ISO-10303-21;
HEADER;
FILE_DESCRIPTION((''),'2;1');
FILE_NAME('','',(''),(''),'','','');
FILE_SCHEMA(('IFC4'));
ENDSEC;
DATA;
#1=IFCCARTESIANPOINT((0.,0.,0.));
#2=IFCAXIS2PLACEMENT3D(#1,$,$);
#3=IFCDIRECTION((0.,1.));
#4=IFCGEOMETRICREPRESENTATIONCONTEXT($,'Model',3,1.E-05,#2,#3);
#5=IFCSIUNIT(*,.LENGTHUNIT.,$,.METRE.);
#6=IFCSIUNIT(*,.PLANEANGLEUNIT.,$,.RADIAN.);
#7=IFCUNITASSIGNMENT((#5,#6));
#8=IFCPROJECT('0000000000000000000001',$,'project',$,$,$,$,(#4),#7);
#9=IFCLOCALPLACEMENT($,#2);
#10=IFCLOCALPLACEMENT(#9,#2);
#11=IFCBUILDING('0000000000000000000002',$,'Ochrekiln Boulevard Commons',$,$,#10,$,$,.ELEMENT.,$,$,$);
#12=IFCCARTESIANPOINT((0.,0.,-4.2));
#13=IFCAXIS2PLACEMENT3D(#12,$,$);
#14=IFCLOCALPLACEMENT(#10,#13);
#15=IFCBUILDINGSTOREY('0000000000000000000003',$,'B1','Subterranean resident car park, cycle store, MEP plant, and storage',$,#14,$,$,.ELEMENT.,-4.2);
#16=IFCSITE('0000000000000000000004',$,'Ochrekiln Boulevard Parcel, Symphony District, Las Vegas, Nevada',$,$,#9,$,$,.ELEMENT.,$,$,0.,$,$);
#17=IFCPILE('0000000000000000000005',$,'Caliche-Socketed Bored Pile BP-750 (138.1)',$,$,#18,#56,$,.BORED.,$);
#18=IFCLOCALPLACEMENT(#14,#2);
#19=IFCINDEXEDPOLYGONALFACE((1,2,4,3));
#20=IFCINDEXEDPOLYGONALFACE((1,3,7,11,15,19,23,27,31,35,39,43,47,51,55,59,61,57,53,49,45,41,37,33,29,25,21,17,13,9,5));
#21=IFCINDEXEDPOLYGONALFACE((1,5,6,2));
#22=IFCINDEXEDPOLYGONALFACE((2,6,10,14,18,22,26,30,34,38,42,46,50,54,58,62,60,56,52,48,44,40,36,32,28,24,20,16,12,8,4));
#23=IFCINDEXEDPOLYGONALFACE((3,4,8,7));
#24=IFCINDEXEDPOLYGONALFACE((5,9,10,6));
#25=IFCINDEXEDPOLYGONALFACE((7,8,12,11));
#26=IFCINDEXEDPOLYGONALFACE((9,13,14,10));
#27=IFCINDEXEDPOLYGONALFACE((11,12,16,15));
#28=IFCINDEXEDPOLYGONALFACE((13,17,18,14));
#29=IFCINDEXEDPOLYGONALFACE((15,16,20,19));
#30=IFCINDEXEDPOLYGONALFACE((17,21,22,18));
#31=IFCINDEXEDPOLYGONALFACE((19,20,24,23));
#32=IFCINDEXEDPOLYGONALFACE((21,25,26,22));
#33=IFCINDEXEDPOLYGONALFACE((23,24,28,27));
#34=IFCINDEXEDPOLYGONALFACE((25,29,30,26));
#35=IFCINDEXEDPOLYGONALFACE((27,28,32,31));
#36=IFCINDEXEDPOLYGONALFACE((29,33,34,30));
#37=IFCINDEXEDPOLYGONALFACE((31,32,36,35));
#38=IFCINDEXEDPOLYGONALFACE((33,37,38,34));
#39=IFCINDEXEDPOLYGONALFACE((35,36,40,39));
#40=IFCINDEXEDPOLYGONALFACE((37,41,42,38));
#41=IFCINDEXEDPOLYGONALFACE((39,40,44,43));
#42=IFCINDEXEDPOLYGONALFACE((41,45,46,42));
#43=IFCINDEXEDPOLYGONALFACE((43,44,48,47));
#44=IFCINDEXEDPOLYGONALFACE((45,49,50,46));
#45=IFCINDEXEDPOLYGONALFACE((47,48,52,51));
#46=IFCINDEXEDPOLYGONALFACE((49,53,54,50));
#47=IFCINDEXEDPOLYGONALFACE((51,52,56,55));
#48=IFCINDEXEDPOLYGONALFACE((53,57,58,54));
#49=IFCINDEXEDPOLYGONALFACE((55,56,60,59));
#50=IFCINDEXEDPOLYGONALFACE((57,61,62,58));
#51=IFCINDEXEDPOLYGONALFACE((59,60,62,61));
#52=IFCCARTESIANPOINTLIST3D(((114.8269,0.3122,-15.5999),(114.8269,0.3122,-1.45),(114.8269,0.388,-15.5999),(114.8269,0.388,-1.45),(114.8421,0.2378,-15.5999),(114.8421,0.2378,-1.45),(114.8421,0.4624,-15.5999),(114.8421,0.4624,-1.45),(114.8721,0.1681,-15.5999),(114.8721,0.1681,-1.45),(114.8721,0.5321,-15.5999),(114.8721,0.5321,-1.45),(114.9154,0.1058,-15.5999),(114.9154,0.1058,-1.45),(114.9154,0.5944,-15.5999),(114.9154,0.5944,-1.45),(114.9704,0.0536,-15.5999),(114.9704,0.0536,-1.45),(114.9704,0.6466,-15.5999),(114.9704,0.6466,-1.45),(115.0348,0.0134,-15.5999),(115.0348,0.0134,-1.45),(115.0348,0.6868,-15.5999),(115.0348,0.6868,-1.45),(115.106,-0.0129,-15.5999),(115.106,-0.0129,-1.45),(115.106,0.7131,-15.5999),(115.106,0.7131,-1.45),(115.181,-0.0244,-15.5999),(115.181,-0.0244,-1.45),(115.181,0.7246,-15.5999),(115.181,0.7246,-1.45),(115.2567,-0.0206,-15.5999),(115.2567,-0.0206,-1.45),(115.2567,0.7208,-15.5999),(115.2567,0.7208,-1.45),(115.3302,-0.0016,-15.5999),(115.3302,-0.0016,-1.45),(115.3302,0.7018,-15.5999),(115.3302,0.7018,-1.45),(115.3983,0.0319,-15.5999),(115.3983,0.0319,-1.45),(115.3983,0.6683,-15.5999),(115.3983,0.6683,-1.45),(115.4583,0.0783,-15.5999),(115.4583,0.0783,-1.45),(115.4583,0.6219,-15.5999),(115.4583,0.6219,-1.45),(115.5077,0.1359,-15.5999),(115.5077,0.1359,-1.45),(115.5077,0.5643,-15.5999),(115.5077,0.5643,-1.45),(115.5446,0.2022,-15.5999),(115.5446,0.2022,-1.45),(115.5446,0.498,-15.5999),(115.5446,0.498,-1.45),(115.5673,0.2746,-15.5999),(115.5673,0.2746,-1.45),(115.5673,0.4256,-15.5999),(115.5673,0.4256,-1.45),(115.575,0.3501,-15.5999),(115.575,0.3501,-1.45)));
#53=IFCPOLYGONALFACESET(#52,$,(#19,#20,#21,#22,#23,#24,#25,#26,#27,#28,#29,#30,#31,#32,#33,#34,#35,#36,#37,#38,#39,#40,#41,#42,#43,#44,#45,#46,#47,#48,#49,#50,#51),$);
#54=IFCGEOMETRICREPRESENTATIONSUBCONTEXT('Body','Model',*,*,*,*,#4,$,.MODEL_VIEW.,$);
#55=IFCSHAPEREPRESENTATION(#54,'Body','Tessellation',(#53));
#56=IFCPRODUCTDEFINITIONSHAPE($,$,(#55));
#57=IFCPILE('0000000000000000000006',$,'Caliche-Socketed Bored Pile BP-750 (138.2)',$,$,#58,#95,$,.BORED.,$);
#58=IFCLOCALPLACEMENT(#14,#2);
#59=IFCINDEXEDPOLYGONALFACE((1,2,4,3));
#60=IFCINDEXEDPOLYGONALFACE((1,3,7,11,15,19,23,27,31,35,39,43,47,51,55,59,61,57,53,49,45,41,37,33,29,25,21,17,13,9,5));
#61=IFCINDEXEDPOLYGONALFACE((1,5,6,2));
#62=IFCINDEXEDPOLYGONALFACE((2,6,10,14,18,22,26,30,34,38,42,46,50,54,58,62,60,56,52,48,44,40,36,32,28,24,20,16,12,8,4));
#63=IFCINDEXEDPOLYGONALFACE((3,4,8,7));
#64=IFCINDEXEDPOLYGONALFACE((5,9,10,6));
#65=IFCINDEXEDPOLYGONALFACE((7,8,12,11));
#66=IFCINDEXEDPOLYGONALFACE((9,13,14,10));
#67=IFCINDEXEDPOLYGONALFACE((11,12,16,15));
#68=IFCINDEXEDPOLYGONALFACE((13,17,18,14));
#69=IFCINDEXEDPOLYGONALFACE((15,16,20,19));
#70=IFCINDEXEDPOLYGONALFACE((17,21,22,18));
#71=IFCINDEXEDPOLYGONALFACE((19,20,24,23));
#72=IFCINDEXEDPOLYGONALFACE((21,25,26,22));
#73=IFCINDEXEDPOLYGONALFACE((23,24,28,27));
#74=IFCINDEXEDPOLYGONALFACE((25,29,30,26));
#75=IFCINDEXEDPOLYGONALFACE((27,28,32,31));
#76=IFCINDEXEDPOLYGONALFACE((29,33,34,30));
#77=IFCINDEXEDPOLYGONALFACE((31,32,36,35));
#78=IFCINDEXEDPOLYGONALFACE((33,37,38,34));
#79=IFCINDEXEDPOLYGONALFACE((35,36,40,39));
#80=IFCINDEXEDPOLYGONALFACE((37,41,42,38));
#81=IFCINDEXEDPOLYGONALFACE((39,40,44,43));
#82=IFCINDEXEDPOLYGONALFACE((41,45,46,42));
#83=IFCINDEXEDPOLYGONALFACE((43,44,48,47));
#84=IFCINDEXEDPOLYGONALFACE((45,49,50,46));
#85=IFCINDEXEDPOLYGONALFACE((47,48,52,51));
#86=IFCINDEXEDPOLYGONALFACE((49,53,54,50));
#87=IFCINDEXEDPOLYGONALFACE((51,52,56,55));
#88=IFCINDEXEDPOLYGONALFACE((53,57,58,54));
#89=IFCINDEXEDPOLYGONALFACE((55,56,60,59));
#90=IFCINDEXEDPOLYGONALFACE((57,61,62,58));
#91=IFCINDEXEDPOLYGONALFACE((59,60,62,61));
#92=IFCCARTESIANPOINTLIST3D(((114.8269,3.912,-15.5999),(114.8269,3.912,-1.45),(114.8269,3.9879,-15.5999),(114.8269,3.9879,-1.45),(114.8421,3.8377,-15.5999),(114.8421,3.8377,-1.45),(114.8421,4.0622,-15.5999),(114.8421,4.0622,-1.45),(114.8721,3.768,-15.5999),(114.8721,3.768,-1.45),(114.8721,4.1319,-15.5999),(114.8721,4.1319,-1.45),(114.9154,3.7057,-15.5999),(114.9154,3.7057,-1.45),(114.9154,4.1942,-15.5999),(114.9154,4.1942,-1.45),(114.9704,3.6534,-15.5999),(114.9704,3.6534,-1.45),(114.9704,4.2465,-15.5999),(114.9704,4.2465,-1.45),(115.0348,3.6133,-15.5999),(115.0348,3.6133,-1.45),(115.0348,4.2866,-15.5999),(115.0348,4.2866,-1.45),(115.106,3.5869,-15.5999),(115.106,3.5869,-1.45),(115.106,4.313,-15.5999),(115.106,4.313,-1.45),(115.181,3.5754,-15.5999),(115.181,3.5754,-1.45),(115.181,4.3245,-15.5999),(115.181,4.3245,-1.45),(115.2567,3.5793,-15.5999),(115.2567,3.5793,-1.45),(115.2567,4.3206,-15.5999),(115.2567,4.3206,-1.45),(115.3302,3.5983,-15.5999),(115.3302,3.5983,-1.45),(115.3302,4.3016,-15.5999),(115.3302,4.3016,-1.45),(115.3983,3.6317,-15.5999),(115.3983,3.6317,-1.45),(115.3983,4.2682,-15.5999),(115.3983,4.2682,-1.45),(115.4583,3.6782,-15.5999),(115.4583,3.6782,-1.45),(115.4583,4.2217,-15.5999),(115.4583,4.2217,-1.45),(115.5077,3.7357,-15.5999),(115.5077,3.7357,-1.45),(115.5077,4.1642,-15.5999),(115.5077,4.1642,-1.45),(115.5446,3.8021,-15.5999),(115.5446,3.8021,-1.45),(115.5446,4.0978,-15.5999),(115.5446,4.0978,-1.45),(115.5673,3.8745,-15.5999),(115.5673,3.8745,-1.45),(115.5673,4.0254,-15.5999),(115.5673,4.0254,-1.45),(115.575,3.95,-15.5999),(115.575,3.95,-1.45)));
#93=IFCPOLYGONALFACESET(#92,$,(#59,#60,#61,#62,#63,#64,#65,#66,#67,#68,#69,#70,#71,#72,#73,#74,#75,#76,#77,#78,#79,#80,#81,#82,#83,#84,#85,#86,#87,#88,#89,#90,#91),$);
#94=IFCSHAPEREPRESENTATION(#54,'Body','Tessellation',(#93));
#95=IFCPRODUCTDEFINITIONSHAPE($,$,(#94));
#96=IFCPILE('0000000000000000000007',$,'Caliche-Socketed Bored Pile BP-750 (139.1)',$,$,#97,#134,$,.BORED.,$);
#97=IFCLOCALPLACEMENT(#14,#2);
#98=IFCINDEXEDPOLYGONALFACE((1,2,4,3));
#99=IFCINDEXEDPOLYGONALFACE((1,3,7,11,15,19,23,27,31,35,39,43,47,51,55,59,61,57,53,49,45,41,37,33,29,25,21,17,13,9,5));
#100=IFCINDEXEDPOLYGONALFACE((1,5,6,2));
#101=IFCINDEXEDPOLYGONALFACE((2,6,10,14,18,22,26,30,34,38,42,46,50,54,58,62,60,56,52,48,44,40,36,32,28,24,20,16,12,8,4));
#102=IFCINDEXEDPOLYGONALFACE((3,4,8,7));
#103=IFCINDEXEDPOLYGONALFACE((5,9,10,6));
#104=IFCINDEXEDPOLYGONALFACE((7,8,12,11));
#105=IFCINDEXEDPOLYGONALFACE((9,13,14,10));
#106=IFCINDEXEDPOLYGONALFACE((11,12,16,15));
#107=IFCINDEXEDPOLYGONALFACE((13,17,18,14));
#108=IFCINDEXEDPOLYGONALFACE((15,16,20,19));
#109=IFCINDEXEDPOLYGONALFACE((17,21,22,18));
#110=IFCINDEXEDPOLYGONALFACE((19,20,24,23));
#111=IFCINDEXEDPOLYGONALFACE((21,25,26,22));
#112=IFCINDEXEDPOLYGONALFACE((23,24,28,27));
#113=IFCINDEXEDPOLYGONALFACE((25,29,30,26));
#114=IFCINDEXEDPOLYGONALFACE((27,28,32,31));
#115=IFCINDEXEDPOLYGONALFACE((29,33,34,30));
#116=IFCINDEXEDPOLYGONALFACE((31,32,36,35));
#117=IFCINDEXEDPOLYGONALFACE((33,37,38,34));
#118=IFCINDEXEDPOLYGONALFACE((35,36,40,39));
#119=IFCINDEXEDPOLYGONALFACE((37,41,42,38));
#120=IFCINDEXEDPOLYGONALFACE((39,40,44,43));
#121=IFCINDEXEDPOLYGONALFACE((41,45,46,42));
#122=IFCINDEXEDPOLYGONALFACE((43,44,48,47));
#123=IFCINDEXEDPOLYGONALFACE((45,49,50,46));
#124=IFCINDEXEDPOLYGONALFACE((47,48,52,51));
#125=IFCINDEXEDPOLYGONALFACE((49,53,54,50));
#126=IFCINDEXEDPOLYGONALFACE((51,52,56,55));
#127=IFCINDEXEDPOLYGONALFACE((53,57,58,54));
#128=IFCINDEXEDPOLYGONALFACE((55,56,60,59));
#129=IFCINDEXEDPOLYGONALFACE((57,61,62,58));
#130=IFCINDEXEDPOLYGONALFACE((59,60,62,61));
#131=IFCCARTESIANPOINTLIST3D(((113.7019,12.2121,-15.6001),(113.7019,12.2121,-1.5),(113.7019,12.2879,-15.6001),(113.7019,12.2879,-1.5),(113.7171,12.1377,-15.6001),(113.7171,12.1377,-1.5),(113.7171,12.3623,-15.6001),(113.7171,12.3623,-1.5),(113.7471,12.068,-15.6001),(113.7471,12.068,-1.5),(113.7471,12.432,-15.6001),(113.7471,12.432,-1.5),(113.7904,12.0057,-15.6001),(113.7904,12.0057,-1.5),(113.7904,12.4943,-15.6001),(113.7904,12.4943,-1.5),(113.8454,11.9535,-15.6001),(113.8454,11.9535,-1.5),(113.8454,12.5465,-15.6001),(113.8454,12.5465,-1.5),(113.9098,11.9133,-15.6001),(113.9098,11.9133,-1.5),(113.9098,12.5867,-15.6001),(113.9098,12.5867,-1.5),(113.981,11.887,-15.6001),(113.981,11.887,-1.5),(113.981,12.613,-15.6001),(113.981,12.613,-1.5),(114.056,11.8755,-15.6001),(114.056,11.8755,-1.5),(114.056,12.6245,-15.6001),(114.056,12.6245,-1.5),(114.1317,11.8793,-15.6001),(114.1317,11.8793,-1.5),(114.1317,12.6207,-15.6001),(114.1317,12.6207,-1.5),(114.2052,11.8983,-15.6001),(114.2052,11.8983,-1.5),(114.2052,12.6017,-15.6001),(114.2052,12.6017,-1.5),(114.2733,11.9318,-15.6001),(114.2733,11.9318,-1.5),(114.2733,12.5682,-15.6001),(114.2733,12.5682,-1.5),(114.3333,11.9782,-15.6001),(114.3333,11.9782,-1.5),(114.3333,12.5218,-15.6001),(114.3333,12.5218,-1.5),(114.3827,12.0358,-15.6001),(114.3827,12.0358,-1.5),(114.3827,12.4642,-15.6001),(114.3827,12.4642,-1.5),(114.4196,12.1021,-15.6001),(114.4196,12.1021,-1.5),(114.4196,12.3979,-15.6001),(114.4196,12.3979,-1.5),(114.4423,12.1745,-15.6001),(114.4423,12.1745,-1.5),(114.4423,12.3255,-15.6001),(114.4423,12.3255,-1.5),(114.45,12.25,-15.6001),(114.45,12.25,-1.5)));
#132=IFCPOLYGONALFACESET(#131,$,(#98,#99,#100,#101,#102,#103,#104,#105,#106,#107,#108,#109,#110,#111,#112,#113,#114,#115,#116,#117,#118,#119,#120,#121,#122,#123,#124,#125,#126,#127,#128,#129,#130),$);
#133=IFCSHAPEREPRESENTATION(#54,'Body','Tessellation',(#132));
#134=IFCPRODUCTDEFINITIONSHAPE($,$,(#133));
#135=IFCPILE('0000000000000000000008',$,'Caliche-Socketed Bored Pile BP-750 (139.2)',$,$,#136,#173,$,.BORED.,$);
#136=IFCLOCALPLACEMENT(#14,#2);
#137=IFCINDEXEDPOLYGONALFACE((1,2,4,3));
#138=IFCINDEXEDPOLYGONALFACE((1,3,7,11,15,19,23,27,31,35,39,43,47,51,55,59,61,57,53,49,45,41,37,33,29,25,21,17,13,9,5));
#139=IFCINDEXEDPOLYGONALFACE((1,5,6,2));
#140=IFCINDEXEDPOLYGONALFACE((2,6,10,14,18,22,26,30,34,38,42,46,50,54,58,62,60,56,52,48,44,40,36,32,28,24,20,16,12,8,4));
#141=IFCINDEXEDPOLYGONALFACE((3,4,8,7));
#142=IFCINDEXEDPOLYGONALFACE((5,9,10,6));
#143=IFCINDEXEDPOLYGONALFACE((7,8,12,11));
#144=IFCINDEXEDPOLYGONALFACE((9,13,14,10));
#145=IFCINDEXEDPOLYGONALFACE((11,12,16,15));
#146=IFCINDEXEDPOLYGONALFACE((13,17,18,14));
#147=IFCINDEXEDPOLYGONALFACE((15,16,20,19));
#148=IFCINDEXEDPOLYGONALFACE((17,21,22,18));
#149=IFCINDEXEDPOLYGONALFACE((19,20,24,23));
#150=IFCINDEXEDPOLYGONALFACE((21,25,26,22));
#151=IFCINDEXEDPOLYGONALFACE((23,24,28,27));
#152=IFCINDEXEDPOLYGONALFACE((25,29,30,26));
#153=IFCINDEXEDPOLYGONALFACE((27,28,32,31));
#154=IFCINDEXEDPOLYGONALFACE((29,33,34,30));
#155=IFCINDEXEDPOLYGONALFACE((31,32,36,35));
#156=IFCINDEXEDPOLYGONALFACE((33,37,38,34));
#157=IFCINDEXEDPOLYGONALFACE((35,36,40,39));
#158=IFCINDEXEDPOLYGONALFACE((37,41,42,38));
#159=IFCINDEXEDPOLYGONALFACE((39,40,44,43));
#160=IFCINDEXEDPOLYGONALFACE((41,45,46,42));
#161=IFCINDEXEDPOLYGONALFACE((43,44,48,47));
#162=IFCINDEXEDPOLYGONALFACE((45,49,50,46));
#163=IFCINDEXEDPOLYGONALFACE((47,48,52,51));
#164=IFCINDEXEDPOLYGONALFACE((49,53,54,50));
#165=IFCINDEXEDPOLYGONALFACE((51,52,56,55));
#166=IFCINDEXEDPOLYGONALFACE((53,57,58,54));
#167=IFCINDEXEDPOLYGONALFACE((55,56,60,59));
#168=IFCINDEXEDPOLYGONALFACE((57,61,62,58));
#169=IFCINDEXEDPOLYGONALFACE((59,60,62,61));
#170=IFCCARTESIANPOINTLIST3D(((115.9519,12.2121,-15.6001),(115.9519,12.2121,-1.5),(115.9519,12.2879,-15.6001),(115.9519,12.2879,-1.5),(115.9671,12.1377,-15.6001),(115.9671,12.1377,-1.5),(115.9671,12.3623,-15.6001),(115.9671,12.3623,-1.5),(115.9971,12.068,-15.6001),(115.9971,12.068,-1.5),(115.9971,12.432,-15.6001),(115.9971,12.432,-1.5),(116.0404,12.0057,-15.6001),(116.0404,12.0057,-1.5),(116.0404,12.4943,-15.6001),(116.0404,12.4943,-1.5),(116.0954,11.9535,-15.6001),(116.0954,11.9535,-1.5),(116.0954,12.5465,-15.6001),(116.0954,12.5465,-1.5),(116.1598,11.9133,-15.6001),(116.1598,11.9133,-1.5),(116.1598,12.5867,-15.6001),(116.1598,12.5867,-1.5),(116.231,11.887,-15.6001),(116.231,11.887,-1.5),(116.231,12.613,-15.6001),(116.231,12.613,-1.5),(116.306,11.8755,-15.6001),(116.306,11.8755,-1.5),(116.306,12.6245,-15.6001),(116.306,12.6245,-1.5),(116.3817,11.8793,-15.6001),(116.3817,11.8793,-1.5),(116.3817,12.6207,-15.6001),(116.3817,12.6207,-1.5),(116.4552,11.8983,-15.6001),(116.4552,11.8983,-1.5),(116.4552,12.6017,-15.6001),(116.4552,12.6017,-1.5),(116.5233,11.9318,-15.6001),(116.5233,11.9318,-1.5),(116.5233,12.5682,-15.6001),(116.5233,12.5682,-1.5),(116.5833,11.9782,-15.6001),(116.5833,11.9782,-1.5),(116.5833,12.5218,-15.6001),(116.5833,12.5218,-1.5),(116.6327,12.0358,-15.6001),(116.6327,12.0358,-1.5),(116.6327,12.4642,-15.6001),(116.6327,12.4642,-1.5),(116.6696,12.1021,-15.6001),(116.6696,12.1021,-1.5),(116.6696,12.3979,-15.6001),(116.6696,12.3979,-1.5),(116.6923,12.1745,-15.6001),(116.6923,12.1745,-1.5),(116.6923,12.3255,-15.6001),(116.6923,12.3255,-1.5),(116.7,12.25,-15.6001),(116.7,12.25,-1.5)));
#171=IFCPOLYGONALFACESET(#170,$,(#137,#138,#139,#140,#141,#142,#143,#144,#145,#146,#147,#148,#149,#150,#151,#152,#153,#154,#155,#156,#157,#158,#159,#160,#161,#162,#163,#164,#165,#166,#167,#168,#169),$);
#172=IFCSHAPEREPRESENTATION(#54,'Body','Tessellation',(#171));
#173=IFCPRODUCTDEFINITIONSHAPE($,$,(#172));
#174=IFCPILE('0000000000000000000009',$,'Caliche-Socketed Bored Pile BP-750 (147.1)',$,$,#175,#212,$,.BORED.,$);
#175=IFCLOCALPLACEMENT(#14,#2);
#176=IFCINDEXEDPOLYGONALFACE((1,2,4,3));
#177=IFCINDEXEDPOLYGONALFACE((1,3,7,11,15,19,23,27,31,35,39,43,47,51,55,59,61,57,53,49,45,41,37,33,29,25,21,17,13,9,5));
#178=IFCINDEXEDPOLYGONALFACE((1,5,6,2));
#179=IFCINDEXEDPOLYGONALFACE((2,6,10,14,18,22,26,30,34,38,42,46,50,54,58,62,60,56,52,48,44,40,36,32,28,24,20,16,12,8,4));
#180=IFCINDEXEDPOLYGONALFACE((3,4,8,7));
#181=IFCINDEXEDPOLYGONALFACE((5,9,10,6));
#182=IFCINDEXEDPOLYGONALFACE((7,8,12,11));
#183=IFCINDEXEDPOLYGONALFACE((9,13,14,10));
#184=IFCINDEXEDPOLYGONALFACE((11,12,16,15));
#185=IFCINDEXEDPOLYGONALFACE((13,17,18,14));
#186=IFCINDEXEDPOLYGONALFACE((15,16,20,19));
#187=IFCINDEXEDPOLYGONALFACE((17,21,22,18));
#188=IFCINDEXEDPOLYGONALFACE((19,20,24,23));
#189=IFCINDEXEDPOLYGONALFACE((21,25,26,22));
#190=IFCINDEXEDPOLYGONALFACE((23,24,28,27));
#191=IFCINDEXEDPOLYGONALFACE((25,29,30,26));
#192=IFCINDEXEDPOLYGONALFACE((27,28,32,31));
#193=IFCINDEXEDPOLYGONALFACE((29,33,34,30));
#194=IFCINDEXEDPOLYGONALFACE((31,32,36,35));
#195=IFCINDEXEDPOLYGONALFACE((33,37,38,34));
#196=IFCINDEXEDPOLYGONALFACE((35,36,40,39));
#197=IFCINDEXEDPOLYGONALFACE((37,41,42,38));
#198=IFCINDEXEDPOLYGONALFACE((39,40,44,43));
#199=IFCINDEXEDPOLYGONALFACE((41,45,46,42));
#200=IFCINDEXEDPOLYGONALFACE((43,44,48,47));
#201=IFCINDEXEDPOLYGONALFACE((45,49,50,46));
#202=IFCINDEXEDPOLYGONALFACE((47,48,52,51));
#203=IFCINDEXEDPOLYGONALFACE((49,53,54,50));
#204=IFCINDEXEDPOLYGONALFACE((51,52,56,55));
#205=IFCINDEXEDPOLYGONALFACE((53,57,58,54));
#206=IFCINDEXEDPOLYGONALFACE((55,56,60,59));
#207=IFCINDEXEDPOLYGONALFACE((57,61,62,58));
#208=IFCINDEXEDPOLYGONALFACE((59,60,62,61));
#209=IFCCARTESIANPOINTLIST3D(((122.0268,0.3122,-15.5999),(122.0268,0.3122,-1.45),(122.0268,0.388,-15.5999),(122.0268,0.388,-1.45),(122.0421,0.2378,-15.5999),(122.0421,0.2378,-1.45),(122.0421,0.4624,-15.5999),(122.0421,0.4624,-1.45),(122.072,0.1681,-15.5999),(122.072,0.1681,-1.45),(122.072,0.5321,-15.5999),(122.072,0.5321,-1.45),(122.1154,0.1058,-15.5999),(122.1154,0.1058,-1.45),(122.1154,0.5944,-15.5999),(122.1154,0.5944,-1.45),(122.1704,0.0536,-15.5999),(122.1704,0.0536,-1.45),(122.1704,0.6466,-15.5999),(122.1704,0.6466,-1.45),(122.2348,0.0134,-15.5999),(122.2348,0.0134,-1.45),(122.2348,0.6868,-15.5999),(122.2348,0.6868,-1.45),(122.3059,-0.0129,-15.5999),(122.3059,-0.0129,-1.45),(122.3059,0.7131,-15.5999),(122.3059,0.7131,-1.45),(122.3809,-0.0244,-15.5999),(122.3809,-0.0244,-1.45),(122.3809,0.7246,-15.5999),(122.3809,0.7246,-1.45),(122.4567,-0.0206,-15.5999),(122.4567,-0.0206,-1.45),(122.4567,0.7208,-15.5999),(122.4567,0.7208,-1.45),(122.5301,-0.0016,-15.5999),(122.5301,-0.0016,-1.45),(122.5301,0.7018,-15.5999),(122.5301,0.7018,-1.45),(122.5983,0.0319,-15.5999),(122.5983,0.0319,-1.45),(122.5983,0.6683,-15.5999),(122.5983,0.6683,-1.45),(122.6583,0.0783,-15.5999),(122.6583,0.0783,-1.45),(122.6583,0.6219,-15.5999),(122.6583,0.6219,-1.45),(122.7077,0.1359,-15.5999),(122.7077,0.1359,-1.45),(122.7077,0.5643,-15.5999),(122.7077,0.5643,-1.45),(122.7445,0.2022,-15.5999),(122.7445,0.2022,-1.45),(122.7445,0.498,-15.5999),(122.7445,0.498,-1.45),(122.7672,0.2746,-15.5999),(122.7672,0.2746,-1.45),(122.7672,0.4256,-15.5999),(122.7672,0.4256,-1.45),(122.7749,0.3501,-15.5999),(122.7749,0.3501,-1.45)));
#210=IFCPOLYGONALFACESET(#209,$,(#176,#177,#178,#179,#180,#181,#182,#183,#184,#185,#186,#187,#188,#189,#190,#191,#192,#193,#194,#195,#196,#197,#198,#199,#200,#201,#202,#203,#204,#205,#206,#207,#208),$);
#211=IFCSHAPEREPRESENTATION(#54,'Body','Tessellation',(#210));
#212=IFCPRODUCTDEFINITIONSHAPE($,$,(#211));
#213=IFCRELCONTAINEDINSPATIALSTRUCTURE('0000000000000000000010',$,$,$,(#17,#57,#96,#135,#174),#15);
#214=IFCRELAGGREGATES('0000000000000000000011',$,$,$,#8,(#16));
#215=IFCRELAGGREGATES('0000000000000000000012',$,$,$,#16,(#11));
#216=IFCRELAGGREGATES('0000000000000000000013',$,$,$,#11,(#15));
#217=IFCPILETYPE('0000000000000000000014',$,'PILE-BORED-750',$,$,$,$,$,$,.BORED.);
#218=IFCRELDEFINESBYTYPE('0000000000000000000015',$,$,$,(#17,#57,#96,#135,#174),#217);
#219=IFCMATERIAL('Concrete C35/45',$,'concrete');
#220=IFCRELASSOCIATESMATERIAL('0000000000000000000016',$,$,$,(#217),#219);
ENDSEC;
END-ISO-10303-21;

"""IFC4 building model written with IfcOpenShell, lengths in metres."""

from ifc_helpers import new_model, si_unit, direction, frame, origin, origin_2d, place, context, subcontext, project, spatial, circle, extrude, material, material_profile, profile_set, type_object, element, save


model = new_model("IFC4")

# Units and contexts
model_context = context("Model", 3, precision=1e-05, world=origin(), true_north=direction((0.0, 1.0)))
body_context = subcontext(model_context, "Body", "Model", "MODEL_VIEW")
ifc_project = project(units=[si_unit("LENGTHUNIT", "METRE"), si_unit("PLANEANGLEUNIT", "RADIAN")], contexts=[model_context])

# Site, building, storey
site_placement = place(None, origin())
site = spatial("IfcSite", under=ifc_project, at=site_placement, Name="Ochrekiln Boulevard Parcel, Symphony District, Las Vegas, Nevada", CompositionType="ELEMENT", RefElevation=0.0)
building_placement = place(site_placement, origin())
building = spatial("IfcBuilding", under=site, at=building_placement, Name="Ochrekiln Boulevard Commons", CompositionType="ELEMENT")
storey_placement = place(building_placement, frame((0.0, 0.0, -4.2)))
storey = spatial("IfcBuildingStorey", under=building, at=storey_placement, Name="B1", Description="Subterranean resident car park, cycle store, MEP plant, and storage", CompositionType="ELEMENT", Elevation=-4.2)

# Shared definitions
ifc_material_1 = material(Name="Concrete C35/45", Category="concrete")

# Piles
ifc_material_profile_1 = material_profile(ifc_material_1, circle(Radius=0.375, at=origin_2d()), Name="PILE-D750")
ifc_profile_set_1 = profile_set([ifc_material_profile_1], Name="Concrete C35/45")
pile_type = type_object("IfcPileType", Name="PILE-BORED-750", PredefinedType="BORED", material=ifc_profile_set_1)
for number, where, z_axis, x_axis, name in (
    (1, (115.2, 0.3501, -1.45), (0.0, 0.0, -1.0), (1.0, 0.0, 0.0), "Caliche-Socketed Bored Pile BP-750 (138.1)"),
    (2, (115.2, 3.95, -1.45), (0.0, 0.0, -1.0), (1.0, 0.0, 0.0), "Caliche-Socketed Bored Pile BP-750 (138.2)"),
):
    element("IfcPile", number, at=place(storey_placement, frame(where, z_axis=z_axis, x_axis=x_axis)), inside=storey, type_object=pile_type, Name=name, PredefinedType="BORED", context=body_context, shape_type="SweptSolid", body=[
        extrude(circle(Radius=0.375, at=origin_2d()), origin(), (0.0, 0.0, 1.0), 14.1499),
    ])
for number, where, z_axis, x_axis, name in (
    (3, (114.075, 12.25, -1.5), (0.0, 0.0, -1.0), (1.0, 0.0, 0.0), "Caliche-Socketed Bored Pile BP-750 (139.1)"),
    (4, (116.325, 12.25, -1.5), (0.0, 0.0, -1.0), (1.0, 0.0, 0.0), "Caliche-Socketed Bored Pile BP-750 (139.2)"),
):
    element("IfcPile", number, at=place(storey_placement, frame(where, z_axis=z_axis, x_axis=x_axis)), inside=storey, type_object=pile_type, Name=name, PredefinedType="BORED", context=body_context, shape_type="SweptSolid", body=[
        extrude(circle(Radius=0.375, at=origin_2d()), origin(), (0.0, 0.0, 1.0), 14.1001),
    ])
pile_1_placement = place(storey_placement, frame((122.3999, 0.3501, -1.45), z_axis=(0.0, 0.0, -1.0), x_axis=(1.0, 0.0, 0.0)))
element("IfcPile", 5, at=pile_1_placement, inside=storey, type_object=pile_type, Name="Caliche-Socketed Bored Pile BP-750 (147.1)", PredefinedType="BORED", context=body_context, shape_type="SweptSolid", body=[
    extrude(circle(Radius=0.375, at=origin_2d()), origin(), (0.0, 0.0, 1.0), 14.1499),
])

save(model, "model.ifc")
